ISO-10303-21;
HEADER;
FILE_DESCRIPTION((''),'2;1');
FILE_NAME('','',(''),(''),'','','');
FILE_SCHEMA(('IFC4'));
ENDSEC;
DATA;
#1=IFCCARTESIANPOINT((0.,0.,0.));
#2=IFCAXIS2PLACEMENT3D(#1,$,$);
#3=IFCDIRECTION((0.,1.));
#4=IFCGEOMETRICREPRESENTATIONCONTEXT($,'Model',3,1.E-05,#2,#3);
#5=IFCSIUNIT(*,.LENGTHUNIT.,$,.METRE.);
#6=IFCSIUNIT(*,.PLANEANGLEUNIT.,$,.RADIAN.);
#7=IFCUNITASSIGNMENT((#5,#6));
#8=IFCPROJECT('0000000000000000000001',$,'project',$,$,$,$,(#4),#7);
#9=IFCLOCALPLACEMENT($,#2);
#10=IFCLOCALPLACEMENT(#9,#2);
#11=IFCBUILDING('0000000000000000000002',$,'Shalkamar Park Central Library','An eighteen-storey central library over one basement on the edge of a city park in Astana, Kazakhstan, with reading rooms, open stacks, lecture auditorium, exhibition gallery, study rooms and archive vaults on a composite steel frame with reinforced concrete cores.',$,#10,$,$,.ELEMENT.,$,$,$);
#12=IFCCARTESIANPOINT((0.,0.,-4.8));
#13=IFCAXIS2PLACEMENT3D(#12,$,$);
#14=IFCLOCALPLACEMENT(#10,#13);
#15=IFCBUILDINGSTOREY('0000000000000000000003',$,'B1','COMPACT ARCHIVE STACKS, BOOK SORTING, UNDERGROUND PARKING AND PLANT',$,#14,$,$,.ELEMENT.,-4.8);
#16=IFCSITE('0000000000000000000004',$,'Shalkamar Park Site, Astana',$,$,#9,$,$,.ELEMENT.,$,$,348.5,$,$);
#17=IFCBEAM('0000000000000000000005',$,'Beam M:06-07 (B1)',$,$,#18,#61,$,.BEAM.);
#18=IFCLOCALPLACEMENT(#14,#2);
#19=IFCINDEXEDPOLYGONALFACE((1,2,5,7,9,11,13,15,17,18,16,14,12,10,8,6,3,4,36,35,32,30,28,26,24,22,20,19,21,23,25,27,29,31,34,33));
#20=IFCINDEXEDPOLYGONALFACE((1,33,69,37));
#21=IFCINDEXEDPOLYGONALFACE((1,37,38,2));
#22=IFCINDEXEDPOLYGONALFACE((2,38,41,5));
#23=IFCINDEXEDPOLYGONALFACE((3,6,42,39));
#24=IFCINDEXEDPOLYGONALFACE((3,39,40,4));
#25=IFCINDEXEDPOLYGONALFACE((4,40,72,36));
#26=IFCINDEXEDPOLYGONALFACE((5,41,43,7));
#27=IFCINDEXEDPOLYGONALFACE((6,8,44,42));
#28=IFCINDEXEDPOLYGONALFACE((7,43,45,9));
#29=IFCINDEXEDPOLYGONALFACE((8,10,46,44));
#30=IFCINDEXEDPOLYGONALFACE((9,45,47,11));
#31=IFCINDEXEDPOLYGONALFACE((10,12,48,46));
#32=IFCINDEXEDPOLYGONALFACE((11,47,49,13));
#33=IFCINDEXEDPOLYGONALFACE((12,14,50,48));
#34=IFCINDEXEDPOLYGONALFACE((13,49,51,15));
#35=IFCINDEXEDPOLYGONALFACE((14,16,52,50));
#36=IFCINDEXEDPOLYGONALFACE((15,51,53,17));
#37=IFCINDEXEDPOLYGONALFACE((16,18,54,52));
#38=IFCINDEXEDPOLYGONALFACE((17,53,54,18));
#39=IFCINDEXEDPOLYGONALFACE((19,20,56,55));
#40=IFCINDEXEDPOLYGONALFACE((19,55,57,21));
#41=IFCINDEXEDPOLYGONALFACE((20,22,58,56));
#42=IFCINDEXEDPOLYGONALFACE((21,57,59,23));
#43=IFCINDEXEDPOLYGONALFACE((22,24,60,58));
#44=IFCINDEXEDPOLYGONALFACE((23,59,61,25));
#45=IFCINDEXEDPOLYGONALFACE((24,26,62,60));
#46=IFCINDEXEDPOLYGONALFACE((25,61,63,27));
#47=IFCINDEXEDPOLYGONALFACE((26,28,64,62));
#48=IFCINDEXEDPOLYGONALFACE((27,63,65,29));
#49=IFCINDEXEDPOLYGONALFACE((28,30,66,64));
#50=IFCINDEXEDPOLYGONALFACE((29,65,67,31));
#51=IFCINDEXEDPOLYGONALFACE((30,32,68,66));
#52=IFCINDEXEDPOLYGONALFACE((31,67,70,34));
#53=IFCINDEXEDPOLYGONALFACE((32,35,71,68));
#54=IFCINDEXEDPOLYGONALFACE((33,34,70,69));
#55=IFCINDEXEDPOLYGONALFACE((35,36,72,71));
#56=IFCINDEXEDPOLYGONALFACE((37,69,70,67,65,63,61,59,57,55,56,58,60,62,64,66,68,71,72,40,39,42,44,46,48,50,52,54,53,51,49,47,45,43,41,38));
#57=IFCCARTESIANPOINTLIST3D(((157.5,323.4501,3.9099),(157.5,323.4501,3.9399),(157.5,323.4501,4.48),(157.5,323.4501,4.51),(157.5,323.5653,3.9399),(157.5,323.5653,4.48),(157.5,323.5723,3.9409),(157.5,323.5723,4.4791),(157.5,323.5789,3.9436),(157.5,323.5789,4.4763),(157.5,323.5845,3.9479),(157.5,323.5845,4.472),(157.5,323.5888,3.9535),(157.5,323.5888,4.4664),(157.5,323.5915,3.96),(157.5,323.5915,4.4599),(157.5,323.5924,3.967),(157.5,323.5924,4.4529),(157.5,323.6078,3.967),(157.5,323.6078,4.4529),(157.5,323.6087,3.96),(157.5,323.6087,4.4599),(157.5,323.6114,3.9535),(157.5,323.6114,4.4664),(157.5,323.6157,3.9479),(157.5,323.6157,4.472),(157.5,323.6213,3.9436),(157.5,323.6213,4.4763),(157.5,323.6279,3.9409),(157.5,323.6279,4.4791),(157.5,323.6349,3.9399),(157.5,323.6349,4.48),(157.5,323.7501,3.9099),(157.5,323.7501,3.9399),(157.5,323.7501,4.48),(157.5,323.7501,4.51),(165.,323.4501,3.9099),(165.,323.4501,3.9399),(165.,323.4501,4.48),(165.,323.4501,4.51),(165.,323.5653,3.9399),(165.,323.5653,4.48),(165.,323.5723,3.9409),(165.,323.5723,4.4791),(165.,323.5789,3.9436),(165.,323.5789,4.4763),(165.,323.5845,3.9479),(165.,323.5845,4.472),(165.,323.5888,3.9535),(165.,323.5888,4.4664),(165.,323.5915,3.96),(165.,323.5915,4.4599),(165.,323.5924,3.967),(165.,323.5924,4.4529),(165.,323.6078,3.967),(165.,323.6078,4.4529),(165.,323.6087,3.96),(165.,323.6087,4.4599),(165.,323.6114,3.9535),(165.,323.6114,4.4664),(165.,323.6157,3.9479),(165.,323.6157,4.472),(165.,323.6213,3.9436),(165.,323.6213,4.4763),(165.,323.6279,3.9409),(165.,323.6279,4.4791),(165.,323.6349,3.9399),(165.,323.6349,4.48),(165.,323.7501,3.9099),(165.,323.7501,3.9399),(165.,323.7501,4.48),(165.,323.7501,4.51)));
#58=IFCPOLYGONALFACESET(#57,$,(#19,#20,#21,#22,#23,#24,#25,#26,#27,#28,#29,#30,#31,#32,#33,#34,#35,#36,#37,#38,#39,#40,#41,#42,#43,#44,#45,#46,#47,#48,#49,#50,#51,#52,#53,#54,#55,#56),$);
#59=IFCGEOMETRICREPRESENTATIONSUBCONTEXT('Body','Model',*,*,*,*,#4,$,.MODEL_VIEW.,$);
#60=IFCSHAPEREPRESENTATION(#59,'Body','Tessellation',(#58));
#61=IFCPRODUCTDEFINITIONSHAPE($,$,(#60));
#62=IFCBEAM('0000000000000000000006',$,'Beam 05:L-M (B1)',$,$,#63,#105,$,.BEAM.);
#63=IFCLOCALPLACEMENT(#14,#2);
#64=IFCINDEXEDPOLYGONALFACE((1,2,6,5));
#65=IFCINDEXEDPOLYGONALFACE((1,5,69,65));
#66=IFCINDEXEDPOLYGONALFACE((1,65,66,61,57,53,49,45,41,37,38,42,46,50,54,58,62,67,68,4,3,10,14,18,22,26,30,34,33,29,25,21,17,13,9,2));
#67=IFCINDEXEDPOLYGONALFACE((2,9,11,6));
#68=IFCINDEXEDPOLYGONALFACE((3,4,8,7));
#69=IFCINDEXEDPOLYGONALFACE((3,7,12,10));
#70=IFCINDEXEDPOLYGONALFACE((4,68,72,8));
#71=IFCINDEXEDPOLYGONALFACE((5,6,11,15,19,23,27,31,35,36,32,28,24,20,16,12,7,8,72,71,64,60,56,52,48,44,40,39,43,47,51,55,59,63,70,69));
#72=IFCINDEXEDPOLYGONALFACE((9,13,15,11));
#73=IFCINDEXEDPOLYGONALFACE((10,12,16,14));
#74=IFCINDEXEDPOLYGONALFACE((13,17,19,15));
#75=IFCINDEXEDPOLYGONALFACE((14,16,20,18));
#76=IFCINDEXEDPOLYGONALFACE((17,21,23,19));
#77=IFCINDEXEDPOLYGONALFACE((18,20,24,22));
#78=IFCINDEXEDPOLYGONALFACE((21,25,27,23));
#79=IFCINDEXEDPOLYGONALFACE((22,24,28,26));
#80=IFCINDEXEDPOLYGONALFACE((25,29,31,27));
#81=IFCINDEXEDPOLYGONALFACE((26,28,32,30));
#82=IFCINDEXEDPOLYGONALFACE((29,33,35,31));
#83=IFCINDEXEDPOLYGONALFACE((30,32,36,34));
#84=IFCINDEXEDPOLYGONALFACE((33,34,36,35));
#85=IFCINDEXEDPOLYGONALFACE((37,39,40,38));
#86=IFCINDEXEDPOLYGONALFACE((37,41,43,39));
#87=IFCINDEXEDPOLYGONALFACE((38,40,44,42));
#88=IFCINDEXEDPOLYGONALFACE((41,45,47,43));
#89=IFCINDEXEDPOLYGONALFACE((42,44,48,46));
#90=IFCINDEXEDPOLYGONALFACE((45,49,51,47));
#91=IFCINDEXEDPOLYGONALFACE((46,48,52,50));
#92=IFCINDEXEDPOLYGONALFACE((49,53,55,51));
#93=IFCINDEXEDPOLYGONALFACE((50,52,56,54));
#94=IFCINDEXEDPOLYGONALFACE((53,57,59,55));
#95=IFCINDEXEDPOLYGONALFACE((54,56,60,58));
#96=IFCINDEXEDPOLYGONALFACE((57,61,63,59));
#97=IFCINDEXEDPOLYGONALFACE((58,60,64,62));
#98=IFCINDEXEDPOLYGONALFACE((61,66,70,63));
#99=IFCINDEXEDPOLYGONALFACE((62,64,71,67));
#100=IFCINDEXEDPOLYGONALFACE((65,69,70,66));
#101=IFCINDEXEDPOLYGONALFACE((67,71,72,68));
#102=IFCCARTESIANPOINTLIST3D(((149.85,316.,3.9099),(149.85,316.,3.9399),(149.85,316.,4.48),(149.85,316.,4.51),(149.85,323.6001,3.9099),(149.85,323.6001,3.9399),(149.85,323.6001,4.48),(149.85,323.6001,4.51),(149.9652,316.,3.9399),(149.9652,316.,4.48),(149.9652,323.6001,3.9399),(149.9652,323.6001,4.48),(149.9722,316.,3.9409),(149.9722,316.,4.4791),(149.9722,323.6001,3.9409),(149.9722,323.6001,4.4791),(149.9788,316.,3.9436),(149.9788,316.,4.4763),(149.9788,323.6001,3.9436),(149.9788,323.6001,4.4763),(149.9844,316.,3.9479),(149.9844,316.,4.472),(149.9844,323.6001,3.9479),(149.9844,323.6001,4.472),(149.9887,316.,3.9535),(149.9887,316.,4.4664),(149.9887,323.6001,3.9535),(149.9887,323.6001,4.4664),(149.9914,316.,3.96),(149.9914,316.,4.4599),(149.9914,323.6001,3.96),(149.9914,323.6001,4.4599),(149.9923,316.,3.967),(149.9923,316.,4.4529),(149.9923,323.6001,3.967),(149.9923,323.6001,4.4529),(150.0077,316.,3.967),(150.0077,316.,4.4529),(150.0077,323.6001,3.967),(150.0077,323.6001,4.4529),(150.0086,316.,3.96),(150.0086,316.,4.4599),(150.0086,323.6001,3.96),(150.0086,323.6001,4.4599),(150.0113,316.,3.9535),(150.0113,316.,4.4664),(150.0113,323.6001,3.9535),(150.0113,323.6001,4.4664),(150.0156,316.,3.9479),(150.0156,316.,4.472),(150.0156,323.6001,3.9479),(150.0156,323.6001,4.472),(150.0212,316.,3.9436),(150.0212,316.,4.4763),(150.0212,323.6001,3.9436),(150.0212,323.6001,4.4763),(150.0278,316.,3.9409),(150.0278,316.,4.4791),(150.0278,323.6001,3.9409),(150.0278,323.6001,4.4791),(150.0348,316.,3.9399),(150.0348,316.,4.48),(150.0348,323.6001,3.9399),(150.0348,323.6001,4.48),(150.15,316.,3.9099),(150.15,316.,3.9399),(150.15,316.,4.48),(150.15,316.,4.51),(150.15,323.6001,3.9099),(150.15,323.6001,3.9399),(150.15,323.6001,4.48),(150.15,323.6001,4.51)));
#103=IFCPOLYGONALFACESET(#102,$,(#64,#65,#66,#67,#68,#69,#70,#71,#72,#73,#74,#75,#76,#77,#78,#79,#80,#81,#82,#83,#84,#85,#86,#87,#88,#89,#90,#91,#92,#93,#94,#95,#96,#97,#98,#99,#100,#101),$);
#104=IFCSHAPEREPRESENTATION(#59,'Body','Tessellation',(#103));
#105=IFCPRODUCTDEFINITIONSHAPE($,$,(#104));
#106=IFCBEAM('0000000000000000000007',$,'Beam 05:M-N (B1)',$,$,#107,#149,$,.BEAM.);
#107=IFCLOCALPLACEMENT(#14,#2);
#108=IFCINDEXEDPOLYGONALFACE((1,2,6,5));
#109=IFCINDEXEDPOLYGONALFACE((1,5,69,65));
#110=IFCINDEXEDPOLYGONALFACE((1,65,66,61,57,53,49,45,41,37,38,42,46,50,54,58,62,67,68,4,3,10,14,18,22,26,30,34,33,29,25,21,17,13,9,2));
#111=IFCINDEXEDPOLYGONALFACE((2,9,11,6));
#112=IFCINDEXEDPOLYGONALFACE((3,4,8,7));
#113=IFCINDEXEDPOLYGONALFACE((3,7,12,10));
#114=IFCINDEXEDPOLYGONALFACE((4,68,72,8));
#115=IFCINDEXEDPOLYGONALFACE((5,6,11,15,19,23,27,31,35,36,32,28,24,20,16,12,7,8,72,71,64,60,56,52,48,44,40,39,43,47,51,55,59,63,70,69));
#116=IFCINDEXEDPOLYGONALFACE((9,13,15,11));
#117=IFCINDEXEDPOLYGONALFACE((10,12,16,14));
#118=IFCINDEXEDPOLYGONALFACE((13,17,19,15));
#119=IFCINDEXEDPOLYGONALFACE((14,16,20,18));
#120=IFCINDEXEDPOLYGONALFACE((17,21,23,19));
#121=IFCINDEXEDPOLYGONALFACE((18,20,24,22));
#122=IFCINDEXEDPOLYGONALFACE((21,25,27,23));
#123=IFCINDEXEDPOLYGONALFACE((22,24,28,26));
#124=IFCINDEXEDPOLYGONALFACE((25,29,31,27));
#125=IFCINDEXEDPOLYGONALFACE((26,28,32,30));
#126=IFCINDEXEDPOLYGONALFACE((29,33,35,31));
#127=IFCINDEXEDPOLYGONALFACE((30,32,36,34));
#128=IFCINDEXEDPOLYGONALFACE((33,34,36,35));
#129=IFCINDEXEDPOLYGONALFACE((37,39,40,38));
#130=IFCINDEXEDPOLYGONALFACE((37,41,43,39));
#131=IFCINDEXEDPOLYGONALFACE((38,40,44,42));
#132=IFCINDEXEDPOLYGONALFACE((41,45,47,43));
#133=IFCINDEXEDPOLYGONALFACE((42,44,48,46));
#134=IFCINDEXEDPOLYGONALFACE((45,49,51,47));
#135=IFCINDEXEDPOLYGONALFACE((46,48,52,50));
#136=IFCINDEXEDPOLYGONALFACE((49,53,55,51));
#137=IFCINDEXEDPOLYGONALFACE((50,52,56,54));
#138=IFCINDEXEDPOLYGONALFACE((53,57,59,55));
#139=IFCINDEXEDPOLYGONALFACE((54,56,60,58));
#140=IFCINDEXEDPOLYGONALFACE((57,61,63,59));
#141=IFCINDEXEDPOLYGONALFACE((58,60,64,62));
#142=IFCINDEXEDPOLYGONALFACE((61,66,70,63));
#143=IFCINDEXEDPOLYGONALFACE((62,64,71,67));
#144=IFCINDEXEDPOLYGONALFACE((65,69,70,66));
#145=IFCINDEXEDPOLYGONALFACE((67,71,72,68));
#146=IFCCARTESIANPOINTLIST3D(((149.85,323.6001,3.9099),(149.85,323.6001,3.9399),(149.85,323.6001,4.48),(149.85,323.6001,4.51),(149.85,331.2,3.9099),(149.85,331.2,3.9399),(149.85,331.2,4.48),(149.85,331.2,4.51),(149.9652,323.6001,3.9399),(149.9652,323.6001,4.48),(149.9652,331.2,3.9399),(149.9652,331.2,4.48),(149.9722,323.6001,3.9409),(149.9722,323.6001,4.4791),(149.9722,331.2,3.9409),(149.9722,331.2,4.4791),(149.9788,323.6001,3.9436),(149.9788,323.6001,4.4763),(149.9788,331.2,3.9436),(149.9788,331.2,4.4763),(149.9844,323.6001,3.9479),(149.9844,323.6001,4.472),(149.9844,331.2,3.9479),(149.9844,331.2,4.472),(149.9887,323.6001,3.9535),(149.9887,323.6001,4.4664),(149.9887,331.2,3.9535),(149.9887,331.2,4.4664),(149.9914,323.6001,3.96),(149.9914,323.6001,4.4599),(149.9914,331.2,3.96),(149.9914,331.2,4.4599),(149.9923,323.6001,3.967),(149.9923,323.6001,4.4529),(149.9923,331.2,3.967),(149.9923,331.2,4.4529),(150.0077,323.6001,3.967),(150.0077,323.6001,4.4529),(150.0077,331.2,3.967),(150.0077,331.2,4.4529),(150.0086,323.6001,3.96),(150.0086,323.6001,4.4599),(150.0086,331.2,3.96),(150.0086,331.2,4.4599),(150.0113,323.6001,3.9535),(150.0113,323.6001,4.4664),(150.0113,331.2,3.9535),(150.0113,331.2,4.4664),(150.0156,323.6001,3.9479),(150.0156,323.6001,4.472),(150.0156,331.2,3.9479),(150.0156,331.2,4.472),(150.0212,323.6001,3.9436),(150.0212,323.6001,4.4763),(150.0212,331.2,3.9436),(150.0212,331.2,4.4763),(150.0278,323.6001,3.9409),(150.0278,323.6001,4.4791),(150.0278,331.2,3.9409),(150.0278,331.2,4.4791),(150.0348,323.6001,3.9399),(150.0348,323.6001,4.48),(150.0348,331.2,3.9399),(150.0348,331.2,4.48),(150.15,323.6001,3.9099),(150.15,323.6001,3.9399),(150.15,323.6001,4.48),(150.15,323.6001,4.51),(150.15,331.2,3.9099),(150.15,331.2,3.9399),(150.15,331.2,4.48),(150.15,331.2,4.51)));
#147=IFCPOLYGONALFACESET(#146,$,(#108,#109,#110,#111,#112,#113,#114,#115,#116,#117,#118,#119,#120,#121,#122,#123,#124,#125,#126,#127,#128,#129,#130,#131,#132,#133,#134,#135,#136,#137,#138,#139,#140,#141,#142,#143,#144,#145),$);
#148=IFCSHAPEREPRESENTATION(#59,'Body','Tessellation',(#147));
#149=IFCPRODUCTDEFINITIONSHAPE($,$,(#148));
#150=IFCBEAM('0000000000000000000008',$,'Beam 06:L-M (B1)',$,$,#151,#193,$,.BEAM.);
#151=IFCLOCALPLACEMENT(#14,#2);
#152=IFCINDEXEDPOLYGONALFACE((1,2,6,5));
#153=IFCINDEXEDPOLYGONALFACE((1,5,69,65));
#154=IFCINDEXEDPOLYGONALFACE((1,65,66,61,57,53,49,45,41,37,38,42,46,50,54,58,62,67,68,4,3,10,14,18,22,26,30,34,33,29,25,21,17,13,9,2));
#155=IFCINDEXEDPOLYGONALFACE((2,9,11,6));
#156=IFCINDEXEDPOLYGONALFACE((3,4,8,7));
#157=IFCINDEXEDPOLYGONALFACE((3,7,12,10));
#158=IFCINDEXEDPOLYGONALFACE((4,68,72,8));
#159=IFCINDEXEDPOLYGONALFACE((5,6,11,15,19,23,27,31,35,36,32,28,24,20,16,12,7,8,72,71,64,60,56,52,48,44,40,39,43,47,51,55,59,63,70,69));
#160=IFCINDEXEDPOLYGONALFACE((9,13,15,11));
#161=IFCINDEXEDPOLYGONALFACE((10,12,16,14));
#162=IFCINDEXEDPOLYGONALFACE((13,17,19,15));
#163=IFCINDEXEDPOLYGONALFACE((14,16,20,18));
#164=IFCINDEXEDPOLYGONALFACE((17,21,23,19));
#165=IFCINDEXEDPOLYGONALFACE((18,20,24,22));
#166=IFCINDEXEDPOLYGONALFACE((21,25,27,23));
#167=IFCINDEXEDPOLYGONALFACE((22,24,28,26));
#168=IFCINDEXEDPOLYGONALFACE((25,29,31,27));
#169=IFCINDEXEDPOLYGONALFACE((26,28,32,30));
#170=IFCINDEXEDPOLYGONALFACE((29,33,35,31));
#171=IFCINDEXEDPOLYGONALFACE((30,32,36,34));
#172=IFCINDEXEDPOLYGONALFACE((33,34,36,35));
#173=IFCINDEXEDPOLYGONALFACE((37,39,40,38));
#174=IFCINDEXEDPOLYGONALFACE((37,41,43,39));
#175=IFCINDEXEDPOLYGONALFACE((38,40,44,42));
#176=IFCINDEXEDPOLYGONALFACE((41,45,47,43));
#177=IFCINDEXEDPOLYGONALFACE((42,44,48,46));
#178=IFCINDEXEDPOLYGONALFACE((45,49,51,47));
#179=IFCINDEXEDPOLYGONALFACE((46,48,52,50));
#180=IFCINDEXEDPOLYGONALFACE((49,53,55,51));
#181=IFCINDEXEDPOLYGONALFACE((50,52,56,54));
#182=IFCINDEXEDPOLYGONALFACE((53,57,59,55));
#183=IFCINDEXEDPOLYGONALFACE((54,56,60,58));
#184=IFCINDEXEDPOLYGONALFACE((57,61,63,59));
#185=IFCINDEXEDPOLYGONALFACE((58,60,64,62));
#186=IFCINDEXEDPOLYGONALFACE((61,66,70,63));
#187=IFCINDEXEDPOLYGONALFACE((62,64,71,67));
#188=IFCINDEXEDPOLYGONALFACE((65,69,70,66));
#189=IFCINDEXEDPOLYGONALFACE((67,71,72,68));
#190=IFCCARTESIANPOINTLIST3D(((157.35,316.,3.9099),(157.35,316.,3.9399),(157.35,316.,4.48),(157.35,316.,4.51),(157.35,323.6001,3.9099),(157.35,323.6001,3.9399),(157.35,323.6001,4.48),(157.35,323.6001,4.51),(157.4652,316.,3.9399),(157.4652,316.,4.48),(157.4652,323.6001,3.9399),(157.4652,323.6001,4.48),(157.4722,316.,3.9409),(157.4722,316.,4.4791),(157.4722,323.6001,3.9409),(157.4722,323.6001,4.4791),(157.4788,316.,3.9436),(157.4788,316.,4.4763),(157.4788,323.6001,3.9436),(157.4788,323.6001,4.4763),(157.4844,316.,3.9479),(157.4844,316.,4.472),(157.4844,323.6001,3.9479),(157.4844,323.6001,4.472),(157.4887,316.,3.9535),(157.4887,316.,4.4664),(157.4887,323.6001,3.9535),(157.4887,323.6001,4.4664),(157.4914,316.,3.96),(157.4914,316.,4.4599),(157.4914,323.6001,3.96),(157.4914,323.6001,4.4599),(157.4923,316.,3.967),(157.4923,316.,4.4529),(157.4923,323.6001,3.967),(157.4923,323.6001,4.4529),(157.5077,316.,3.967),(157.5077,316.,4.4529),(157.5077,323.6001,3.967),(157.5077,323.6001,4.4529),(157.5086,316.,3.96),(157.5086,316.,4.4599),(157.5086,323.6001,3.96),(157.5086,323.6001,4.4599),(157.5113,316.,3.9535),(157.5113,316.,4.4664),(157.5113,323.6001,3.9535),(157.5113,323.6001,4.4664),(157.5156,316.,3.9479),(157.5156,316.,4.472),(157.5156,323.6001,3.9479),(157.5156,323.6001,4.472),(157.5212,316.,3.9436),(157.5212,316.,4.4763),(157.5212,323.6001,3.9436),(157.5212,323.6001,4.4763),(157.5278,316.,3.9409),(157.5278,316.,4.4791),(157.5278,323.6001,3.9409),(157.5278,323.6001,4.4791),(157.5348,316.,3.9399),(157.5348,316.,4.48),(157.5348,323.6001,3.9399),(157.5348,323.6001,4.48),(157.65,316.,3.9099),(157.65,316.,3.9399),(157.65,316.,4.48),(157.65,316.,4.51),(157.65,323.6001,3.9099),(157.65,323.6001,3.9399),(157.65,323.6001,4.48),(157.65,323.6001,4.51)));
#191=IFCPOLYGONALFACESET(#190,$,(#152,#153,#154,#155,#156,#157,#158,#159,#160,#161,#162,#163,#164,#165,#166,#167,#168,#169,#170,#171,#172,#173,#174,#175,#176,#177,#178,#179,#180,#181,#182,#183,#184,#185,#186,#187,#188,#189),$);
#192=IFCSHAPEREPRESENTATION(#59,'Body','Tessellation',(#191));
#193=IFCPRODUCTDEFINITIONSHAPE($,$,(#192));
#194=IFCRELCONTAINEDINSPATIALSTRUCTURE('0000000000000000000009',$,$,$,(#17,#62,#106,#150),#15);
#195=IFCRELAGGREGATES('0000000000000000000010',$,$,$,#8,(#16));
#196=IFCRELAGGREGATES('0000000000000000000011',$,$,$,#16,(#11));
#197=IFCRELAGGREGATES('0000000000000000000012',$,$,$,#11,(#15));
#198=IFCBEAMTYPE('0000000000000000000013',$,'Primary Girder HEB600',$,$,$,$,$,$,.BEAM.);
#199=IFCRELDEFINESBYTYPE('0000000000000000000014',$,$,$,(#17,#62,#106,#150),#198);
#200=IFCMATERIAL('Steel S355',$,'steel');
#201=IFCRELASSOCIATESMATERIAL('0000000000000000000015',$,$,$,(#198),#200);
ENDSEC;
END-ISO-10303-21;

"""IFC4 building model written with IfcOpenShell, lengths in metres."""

from ifc_helpers import new_model, si_unit, direction, frame, origin, origin_2d, place, context, subcontext, project, spatial, i_section, extrude, material, material_profile, profile_set, type_object, element, save


model = new_model("IFC4")

# Units and contexts
model_context = context("Model", 3, precision=1e-05, world=origin(), true_north=direction((0.0, 1.0)))
body_context = subcontext(model_context, "Body", "Model", "MODEL_VIEW")
ifc_project = project(units=[si_unit("LENGTHUNIT", "METRE"), si_unit("PLANEANGLEUNIT", "RADIAN")], contexts=[model_context])

# Site, building, storey
site_placement = place(None, origin())
site = spatial("IfcSite", under=ifc_project, at=site_placement, Name="Shalkamar Park Site, Astana", CompositionType="ELEMENT", RefElevation=348.5)
building_placement = place(site_placement, origin())
building = spatial("IfcBuilding", under=site, at=building_placement, Name="Shalkamar Park Central Library", Description="An eighteen-storey central library over one basement on the edge of a city park in Astana, Kazakhstan, with reading rooms, open stacks, lecture auditorium, exhibition gallery, study rooms and archive vaults on a composite steel frame with reinforced concrete cores.", CompositionType="ELEMENT")
storey_placement = place(building_placement, frame((0.0, 0.0, -4.8)))
storey = spatial("IfcBuildingStorey", under=building, at=storey_placement, Name="B1", Description="COMPACT ARCHIVE STACKS, BOOK SORTING, UNDERGROUND PARKING AND PLANT", CompositionType="ELEMENT", Elevation=-4.8)

# Shared definitions
ifc_material_1 = material(Name="Steel S355", Category="steel")

# Beams
ifc_material_profile_1 = material_profile(ifc_material_1, i_section(OverallWidth=0.3, OverallDepth=0.6001, WebThickness=0.0154, FlangeThickness=0.03, FilletRadius=0.0271, at=origin_2d()), Name="HEB 600")
ifc_profile_set_1 = profile_set([ifc_material_profile_1], Name="Steel S355")
beam_type = type_object("IfcBeamType", Name="Primary Girder HEB600", PredefinedType="BEAM", material=ifc_profile_set_1)
for number, where, z_axis, x_axis, name in (
    (1, (157.5, 323.6001, 4.21), (1.0, 0.0, 0.0), (0.0, 1.0, 0.0), "Beam M:06-07 (B1)"),
):
    element("IfcBeam", number, at=place(storey_placement, frame(where, z_axis=z_axis, x_axis=x_axis)), inside=storey, type_object=beam_type, Name=name, PredefinedType="BEAM", context=body_context, shape_type="SweptSolid", body=[
        extrude(i_section(OverallWidth=0.3, OverallDepth=0.6001, WebThickness=0.0154, FlangeThickness=0.03, FilletRadius=0.0271, at=origin_2d()), origin(), (0.0, 0.0, 1.0), 7.5),
    ])
beam_1_placement = place(storey_placement, frame((150.0, 316.0, 4.21), z_axis=(0.0, 1.0, 0.0), x_axis=(-1.0, 0.0, 0.0)))
element("IfcBeam", 2, at=beam_1_placement, inside=storey, type_object=beam_type, Name="Beam 05:L-M (B1)", PredefinedType="BEAM", context=body_context, shape_type="SweptSolid", body=[
    extrude(i_section(OverallWidth=0.3, OverallDepth=0.6001, WebThickness=0.0154, FlangeThickness=0.03, FilletRadius=0.0271, at=origin_2d()), origin(), (0.0, 0.0, 1.0), 7.6001),
])
beam_2_placement = place(storey_placement, frame((150.0, 323.6001, 4.21), z_axis=(0.0, 1.0, 0.0), x_axis=(-1.0, 0.0, 0.0)))
element("IfcBeam", 3, at=beam_2_placement, inside=storey, type_object=beam_type, Name="Beam 05:M-N (B1)", PredefinedType="BEAM", context=body_context, shape_type="SweptSolid", body=[
    extrude(i_section(OverallWidth=0.3, OverallDepth=0.6001, WebThickness=0.0154, FlangeThickness=0.03, FilletRadius=0.0271, at=origin_2d()), origin(), (0.0, 0.0, 1.0), 7.5999),
])
beam_3_placement = place(storey_placement, frame((157.5, 316.0, 4.21), z_axis=(0.0, 1.0, 0.0), x_axis=(-1.0, 0.0, 0.0)))
element("IfcBeam", 4, at=beam_3_placement, inside=storey, type_object=beam_type, Name="Beam 06:L-M (B1)", PredefinedType="BEAM", context=body_context, shape_type="SweptSolid", body=[
    extrude(i_section(OverallWidth=0.3, OverallDepth=0.6001, WebThickness=0.0154, FlangeThickness=0.03, FilletRadius=0.0271, at=origin_2d()), origin(), (0.0, 0.0, 1.0), 7.6001),
])

save(model, "model.ifc")
